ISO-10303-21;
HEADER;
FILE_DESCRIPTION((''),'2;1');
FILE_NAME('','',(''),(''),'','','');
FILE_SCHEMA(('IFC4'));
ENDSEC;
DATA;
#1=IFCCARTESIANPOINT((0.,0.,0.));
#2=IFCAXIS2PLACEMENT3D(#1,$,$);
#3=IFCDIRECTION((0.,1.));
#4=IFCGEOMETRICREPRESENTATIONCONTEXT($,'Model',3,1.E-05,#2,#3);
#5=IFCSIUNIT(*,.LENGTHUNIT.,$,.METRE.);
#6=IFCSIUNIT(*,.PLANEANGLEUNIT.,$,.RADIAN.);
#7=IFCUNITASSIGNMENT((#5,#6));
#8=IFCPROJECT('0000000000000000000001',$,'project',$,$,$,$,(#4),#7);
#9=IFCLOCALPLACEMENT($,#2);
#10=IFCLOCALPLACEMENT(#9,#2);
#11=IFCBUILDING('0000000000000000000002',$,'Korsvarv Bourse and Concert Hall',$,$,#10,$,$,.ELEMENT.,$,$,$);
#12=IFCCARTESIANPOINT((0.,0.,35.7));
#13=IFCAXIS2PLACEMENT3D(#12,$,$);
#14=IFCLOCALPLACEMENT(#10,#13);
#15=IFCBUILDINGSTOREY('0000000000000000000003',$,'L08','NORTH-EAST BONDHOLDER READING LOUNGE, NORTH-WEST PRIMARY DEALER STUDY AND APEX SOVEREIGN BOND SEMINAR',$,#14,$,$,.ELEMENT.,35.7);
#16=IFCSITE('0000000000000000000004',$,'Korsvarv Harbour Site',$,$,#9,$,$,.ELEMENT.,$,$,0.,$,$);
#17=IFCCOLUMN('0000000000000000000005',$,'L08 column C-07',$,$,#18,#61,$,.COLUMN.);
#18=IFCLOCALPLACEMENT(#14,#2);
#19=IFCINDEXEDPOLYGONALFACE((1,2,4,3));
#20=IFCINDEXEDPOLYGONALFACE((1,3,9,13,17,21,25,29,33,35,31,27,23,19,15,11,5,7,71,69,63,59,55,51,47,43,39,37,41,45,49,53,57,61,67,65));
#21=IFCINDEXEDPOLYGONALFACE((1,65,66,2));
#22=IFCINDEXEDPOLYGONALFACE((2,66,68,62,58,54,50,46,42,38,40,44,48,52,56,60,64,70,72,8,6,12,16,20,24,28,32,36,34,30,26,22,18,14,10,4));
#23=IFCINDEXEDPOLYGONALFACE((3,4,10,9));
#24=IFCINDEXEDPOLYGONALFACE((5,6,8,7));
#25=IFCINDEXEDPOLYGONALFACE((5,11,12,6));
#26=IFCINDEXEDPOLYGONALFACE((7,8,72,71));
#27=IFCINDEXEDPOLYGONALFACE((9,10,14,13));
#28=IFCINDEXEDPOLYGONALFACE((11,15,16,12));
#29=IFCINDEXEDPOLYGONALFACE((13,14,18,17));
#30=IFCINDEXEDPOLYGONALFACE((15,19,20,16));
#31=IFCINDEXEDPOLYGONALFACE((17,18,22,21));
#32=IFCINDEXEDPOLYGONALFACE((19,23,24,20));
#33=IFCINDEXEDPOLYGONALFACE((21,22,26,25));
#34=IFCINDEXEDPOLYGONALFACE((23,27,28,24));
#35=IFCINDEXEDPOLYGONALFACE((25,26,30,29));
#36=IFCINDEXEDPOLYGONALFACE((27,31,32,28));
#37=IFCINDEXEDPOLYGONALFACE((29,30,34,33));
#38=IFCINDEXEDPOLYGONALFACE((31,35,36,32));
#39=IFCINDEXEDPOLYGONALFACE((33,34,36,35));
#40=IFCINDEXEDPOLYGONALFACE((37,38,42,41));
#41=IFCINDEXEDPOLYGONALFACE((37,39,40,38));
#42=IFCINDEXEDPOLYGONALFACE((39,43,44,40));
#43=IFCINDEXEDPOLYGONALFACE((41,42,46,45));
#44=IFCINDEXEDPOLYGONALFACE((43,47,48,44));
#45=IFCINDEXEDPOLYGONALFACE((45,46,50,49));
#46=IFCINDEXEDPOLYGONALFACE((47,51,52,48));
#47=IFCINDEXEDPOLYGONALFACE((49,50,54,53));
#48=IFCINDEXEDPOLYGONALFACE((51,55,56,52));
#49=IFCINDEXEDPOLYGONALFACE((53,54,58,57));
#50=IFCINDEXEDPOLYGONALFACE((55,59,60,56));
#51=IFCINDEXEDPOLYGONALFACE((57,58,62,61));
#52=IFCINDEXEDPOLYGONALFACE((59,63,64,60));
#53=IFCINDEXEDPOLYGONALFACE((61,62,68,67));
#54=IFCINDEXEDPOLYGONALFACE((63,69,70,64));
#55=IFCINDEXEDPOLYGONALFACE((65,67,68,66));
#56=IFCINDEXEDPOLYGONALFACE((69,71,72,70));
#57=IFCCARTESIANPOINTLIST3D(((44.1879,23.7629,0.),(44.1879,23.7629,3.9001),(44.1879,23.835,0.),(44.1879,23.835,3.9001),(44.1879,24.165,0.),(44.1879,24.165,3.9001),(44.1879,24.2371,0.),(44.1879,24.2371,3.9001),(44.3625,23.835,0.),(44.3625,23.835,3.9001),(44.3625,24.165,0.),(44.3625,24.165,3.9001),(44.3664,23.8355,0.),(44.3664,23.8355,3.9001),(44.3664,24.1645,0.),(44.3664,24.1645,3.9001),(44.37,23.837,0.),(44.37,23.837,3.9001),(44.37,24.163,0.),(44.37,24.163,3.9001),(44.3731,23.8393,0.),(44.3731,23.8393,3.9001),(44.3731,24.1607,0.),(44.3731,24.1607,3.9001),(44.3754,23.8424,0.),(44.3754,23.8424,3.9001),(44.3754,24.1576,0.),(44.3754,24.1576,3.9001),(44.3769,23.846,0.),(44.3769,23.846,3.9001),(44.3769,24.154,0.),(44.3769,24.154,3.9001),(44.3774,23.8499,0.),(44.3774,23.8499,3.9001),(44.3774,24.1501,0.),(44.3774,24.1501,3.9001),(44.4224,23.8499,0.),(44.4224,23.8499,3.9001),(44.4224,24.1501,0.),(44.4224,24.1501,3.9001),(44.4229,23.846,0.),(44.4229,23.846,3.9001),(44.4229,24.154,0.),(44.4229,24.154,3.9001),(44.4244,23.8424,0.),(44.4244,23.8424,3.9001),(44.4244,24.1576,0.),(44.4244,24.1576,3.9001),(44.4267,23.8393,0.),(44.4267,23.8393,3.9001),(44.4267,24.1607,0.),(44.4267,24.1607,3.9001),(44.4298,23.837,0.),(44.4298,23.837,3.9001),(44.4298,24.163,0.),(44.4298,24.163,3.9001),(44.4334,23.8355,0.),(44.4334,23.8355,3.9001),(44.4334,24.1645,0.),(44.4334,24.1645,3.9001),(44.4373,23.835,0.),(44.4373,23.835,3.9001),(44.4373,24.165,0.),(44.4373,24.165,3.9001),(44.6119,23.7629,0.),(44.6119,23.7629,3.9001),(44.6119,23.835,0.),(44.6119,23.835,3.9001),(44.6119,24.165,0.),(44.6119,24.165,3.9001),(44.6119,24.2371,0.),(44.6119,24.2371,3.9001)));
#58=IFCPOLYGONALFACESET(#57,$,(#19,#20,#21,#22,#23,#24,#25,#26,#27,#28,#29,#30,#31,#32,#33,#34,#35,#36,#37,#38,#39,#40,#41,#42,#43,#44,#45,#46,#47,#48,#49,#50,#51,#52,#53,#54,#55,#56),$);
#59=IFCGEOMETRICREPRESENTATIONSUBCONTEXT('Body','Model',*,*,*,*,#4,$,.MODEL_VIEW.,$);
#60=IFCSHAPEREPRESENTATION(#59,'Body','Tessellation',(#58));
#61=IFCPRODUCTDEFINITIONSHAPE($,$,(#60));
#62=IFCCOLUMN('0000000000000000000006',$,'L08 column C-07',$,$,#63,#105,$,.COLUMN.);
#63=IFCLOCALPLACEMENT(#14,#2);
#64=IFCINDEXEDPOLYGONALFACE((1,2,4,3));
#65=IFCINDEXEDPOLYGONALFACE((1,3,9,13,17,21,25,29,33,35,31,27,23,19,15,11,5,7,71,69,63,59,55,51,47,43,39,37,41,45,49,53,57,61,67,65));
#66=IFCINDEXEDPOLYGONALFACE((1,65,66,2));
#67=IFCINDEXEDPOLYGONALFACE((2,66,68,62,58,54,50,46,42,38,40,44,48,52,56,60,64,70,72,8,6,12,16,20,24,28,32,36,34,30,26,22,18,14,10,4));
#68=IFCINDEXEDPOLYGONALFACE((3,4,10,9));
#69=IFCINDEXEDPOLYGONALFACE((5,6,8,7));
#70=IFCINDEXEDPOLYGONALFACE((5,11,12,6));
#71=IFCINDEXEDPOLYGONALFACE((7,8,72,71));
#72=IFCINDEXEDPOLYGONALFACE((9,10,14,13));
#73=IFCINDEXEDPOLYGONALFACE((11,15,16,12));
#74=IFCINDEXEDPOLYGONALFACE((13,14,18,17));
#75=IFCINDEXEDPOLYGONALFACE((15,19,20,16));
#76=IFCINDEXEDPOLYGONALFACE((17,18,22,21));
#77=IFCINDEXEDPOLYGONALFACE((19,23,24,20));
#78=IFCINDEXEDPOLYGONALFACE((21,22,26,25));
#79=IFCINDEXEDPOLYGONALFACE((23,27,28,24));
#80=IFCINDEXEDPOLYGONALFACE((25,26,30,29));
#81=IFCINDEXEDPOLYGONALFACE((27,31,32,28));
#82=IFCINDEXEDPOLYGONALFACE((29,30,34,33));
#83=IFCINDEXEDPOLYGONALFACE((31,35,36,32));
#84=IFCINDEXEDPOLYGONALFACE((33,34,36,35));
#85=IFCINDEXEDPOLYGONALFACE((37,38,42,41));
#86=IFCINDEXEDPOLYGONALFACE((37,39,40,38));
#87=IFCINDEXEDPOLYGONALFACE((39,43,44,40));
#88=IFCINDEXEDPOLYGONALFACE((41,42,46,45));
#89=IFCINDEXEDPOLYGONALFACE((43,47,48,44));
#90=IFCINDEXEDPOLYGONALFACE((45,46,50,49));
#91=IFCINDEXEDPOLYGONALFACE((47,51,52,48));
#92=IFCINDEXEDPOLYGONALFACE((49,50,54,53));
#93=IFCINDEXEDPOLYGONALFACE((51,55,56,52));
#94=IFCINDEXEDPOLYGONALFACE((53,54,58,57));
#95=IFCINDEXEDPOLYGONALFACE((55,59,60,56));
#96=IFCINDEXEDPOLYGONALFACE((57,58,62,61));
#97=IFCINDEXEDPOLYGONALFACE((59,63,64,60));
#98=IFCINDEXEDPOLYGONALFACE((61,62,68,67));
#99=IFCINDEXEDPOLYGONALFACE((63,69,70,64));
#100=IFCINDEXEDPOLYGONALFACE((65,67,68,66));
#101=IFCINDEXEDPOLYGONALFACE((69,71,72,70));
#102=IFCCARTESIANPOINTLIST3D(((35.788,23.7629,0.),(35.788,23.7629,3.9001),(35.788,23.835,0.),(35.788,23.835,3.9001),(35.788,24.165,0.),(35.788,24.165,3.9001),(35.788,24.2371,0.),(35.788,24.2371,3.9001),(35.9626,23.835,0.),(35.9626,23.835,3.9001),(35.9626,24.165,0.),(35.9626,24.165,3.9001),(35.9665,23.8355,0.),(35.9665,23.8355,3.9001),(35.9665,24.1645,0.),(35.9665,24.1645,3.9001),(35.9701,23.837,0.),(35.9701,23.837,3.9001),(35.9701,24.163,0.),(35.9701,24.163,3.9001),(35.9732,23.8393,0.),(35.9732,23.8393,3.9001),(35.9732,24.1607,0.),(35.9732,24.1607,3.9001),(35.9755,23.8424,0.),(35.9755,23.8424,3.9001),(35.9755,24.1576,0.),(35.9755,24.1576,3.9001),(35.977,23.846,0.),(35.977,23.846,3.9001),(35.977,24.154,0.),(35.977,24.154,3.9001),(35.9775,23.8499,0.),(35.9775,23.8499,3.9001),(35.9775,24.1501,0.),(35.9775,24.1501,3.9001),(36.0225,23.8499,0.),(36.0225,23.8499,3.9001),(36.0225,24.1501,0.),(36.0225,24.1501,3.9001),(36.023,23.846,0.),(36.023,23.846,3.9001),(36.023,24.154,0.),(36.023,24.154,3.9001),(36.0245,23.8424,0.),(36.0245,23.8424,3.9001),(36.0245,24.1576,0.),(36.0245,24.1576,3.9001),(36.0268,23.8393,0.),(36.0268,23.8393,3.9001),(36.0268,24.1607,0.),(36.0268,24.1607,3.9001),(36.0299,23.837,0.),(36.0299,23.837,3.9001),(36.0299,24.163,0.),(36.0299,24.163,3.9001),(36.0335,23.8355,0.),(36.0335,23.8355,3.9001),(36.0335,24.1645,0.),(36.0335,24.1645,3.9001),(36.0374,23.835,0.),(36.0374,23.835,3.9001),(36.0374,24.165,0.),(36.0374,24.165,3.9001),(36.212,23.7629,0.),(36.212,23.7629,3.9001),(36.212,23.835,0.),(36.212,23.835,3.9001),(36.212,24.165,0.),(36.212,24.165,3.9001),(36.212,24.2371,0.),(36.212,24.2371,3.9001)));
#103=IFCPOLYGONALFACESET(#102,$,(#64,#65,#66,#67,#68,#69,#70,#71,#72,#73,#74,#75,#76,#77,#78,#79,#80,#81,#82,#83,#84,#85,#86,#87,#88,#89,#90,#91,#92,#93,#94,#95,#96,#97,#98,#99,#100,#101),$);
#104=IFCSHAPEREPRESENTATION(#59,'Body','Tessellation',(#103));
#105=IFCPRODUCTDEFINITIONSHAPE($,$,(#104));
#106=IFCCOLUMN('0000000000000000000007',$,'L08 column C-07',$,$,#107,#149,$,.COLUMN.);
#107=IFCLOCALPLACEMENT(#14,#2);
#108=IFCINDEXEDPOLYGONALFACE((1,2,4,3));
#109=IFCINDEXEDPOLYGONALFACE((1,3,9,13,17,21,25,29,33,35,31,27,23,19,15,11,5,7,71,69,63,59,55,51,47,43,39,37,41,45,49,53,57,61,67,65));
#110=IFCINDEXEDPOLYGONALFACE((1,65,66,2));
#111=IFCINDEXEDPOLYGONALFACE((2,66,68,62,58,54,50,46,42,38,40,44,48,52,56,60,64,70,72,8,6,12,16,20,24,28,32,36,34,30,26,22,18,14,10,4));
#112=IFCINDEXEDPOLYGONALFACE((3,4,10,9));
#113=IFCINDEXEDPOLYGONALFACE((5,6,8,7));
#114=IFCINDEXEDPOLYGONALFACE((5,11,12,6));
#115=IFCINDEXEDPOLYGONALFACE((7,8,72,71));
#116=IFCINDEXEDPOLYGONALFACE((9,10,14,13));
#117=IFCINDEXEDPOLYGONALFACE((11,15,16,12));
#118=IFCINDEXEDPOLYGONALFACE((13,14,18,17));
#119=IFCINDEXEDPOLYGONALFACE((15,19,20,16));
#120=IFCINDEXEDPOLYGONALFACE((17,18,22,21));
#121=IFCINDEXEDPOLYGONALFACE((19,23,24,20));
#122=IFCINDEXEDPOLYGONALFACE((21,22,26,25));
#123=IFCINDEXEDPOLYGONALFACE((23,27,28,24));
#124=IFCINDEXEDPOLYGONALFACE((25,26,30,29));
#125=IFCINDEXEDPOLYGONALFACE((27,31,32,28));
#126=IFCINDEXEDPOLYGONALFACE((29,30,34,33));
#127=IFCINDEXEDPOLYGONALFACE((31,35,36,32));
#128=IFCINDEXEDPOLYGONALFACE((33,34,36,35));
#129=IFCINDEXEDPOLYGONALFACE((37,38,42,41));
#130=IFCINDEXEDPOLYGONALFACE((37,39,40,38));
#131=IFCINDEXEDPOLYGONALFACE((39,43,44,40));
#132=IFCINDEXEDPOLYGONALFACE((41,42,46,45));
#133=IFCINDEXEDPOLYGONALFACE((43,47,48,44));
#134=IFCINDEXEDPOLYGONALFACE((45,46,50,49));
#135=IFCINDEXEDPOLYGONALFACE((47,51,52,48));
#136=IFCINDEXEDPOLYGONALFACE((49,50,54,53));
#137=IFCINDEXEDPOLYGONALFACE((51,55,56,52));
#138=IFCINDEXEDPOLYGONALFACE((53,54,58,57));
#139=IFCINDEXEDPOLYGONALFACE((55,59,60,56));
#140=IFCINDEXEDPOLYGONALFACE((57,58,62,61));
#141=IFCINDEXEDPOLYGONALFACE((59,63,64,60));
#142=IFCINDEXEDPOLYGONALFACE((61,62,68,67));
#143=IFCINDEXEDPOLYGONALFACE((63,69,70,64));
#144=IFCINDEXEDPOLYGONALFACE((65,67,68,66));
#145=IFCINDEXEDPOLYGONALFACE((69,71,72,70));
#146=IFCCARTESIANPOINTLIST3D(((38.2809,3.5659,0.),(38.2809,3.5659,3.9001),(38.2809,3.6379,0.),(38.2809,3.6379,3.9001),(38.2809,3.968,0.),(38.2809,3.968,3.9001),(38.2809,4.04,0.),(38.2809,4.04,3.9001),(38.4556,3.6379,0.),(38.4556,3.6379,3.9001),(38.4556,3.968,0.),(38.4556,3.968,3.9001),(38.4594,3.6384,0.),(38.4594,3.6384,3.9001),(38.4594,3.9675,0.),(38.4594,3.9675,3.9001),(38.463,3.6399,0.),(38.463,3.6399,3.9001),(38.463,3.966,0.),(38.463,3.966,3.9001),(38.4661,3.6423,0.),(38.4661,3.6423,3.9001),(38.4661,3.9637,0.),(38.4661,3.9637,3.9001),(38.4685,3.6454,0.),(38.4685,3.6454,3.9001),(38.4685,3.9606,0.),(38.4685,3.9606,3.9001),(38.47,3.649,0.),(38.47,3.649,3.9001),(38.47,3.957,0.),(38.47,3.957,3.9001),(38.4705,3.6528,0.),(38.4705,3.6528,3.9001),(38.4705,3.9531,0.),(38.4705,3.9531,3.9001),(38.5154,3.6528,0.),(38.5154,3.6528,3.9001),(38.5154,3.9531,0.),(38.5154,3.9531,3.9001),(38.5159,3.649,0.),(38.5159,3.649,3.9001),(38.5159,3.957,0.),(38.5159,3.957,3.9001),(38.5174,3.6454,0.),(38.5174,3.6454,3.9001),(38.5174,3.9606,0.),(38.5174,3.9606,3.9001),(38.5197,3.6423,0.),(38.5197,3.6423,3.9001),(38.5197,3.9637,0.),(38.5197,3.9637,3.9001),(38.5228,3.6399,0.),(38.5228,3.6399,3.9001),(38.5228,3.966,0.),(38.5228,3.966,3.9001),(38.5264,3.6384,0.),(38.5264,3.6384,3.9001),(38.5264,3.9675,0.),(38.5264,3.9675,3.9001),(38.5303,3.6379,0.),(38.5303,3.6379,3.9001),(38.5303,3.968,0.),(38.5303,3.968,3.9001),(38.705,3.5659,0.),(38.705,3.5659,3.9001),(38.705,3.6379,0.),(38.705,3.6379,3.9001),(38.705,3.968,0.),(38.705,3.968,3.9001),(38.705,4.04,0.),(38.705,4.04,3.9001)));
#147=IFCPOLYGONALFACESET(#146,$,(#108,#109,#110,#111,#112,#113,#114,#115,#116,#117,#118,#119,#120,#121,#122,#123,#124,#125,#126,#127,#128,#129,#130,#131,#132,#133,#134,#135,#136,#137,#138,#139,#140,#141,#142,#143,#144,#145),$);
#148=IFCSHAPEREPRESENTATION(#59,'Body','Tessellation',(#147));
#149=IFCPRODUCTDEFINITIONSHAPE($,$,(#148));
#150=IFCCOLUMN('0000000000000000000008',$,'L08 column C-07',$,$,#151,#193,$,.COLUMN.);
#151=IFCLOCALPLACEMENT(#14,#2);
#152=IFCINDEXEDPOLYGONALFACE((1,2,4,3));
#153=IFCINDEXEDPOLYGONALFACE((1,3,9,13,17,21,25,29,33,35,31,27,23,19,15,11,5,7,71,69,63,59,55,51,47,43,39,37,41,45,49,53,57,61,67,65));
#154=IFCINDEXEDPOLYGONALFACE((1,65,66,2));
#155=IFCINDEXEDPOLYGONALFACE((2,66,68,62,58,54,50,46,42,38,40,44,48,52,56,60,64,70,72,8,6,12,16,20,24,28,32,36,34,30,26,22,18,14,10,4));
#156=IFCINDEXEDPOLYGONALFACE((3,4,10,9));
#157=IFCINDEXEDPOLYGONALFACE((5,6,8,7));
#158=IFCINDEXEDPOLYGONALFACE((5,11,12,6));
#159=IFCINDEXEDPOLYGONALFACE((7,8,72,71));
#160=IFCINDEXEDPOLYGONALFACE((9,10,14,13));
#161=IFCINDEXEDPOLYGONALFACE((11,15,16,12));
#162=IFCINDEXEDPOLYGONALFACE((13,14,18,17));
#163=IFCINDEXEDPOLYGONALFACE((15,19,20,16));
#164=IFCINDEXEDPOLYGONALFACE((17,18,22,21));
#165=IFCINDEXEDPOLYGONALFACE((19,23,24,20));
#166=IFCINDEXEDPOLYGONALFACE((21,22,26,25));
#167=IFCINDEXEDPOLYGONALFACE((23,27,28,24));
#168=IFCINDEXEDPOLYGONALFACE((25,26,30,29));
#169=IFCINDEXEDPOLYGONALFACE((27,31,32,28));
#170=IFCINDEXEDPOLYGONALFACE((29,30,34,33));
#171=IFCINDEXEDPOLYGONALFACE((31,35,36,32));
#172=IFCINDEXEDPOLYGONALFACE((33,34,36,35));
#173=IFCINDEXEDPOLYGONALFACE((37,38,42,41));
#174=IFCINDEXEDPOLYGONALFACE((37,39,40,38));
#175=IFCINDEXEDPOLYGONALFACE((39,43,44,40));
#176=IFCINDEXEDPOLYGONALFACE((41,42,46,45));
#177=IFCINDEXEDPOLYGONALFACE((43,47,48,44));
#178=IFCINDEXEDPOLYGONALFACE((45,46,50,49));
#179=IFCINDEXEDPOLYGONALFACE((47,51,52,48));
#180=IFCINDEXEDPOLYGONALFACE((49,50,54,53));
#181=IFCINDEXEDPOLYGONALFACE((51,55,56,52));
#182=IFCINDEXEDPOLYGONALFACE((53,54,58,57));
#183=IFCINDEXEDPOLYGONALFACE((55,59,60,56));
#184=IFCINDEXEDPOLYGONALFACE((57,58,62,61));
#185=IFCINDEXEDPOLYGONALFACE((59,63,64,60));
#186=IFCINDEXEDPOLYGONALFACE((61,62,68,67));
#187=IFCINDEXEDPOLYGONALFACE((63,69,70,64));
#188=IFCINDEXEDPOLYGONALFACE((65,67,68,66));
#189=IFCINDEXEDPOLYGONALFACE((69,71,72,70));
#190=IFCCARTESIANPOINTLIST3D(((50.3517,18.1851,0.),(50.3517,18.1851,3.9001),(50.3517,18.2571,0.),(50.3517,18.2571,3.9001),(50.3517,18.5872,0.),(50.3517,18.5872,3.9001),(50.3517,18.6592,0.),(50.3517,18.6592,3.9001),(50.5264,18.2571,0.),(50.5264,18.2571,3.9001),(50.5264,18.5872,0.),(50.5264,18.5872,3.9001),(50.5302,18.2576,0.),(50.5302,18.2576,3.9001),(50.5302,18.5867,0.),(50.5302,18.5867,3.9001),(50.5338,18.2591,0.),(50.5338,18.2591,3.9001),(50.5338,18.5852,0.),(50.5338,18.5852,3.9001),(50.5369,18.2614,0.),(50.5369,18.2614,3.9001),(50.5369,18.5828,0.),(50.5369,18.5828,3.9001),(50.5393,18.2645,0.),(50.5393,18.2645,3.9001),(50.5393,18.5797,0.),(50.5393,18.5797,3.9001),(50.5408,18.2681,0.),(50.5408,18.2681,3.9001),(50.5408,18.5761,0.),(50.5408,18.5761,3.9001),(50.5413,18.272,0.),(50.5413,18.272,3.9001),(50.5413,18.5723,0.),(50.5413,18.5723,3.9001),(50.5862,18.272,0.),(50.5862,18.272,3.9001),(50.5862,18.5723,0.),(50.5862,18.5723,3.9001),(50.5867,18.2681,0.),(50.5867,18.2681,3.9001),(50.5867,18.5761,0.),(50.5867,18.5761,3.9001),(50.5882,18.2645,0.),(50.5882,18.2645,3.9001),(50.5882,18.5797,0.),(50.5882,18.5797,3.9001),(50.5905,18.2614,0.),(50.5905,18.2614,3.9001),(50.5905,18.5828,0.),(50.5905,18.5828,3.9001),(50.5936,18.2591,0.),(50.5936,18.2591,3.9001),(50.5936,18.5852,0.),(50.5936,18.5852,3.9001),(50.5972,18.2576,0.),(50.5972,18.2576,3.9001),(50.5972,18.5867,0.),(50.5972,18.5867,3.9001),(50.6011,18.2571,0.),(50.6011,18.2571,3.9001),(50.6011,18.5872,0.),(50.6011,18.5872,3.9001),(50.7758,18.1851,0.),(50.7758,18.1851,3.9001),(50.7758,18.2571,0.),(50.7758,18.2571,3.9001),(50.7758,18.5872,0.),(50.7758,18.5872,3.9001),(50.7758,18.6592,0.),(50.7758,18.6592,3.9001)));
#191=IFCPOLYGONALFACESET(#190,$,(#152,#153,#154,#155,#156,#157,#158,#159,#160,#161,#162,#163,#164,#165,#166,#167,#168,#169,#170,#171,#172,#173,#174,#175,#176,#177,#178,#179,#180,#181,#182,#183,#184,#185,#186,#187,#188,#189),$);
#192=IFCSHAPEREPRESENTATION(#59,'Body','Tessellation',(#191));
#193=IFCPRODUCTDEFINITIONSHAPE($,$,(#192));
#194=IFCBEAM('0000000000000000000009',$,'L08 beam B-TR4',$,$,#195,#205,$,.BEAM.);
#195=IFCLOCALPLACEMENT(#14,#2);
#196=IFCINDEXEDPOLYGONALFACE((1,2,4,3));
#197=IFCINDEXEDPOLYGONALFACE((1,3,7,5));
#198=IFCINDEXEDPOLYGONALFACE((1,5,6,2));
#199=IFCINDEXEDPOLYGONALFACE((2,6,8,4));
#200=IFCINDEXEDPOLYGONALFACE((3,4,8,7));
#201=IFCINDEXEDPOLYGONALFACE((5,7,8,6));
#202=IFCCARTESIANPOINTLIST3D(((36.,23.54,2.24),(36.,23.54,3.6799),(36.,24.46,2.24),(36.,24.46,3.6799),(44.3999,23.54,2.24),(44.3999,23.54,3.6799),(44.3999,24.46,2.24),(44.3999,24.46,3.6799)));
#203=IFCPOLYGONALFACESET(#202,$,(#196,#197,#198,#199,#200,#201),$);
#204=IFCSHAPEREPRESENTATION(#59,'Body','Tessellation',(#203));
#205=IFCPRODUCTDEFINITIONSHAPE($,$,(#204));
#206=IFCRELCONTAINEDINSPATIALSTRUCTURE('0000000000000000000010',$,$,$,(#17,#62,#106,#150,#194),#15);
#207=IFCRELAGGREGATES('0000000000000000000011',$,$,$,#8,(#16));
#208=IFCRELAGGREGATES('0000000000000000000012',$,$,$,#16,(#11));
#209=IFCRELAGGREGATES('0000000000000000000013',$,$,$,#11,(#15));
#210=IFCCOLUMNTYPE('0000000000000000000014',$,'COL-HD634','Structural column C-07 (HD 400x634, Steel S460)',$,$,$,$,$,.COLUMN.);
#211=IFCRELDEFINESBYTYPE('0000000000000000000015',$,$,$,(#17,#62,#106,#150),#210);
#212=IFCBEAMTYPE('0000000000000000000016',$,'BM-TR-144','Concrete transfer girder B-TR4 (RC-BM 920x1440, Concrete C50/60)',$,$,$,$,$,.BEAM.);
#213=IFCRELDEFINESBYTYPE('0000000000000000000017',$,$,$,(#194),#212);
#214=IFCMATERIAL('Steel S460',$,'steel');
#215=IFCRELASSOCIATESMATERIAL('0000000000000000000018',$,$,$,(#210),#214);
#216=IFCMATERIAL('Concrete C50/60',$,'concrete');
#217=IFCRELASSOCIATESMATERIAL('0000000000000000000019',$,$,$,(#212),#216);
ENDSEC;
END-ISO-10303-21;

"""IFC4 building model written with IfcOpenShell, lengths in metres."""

from ifc_helpers import new_model, si_unit, direction, frame, origin, origin_2d, place, context, subcontext, project, spatial, rectangle, i_section, extrude, source, transform, mapped, material, material_profile, profile_set, type_object, element, save


model = new_model("IFC4")

# Units and contexts
model_context = context("Model", 3, precision=1e-05, world=origin(), true_north=direction((0.0, 1.0)))
body_context = subcontext(model_context, "Body", "Model", "MODEL_VIEW")
ifc_project = project(units=[si_unit("LENGTHUNIT", "METRE"), si_unit("PLANEANGLEUNIT", "RADIAN")], contexts=[model_context])

# Site, building, storey
site_placement = place(None, origin())
site = spatial("IfcSite", under=ifc_project, at=site_placement, Name="Korsvarv Harbour Site", CompositionType="ELEMENT", RefElevation=0.0)
building_placement = place(site_placement, origin())
building = spatial("IfcBuilding", under=site, at=building_placement, Name="Korsvarv Bourse and Concert Hall", CompositionType="ELEMENT")
storey_placement = place(building_placement, frame((0.0, 0.0, 35.7)))
storey = spatial("IfcBuildingStorey", under=building, at=storey_placement, Name="L08", Description="NORTH-EAST BONDHOLDER READING LOUNGE, NORTH-WEST PRIMARY DEALER STUDY AND APEX SOVEREIGN BOND SEMINAR", CompositionType="ELEMENT", Elevation=35.7)

# Columns
ifc_material_1 = material(Name="Steel S460", Category="steel")
ifc_material_profile_1 = material_profile(ifc_material_1, i_section(OverallWidth=0.4241, OverallDepth=0.4741, WebThickness=0.0449, FlangeThickness=0.072, FilletRadius=0.0149, at=origin_2d()), Name="HD 400x634")
ifc_profile_set_1 = profile_set([ifc_material_profile_1], Name="Steel S460")
column_type = type_object("IfcColumnType", Name="COL-HD634", Description="Structural column C-07 (HD 400x634, Steel S460)", PredefinedType="COLUMN", material=ifc_profile_set_1)
shared_shape_1 = source(origin(), body_context, "Body", "SweptSolid", [
    extrude(i_section(OverallWidth=0.4241, OverallDepth=0.4741, WebThickness=0.0449, FlangeThickness=0.072, FilletRadius=0.0149, at=origin_2d()), origin(), (0.0, 0.0, 1.0), 3.9001),
])
for number, where, z_axis, x_axis, name in (
    (1, (44.3999, 24.0, 0.0), (0.0, 0.0, 1.0), (1.0, 0.0, 0.0), "L08 column C-07"),
    (2, (36.0, 24.0, 0.0), (0.0, 0.0, 1.0), (1.0, 0.0, 0.0), "L08 column C-07"),
    (3, (38.4929, 3.803, 0.0), (0.0, 0.0, 1.0), (1.0, 0.0, 0.0), "L08 column C-07"),
    (4, (50.5637, 18.4221, 0.0), (0.0, 0.0, 1.0), (1.0, 0.0, 0.0), "L08 column C-07"),
):
    element("IfcColumn", number, at=place(storey_placement, frame(where, z_axis=z_axis, x_axis=x_axis)), inside=storey, type_object=column_type, Name=name, PredefinedType="COLUMN", context=body_context, shape_type="MappedRepresentation", body=[
        mapped(shared_shape_1, transform((0.0, 0.0, 0.0), scale=1.0)),
    ])

# Beam
ifc_material_2 = material(Name="Concrete C50/60", Category="concrete")
ifc_material_profile_2 = material_profile(ifc_material_2, rectangle(XDim=0.9199, YDim=1.4399, at=origin_2d()), Name="RC-BM 920x1440")
ifc_profile_set_2 = profile_set([ifc_material_profile_2], Name="Concrete C50/60")
beam_type_1 = type_object("IfcBeamType", Name="BM-TR-144", Description="Concrete transfer girder B-TR4 (RC-BM 920x1440, Concrete C50/60)", PredefinedType="BEAM", material=ifc_profile_set_2)
shared_shape_2 = source(origin(), body_context, "Body", "SweptSolid", [
    extrude(rectangle(XDim=0.9199, YDim=1.4399, at=origin_2d()), origin(), (0.0, 0.0, 1.0), 8.3999),
])
for number, where, z_axis, x_axis, name in (
    (5, (36.0, 24.0, 2.96), (1.0, 0.0, 0.0), (0.0, 1.0, 0.0), "L08 beam B-TR4"),
):
    element("IfcBeam", number, at=place(storey_placement, frame(where, z_axis=z_axis, x_axis=x_axis)), inside=storey, type_object=beam_type_1, Name=name, PredefinedType="BEAM", context=body_context, shape_type="MappedRepresentation", body=[
        mapped(shared_shape_2, transform((0.0, 0.0, 0.0), scale=1.0)),
    ])

save(model, "model.ifc")
